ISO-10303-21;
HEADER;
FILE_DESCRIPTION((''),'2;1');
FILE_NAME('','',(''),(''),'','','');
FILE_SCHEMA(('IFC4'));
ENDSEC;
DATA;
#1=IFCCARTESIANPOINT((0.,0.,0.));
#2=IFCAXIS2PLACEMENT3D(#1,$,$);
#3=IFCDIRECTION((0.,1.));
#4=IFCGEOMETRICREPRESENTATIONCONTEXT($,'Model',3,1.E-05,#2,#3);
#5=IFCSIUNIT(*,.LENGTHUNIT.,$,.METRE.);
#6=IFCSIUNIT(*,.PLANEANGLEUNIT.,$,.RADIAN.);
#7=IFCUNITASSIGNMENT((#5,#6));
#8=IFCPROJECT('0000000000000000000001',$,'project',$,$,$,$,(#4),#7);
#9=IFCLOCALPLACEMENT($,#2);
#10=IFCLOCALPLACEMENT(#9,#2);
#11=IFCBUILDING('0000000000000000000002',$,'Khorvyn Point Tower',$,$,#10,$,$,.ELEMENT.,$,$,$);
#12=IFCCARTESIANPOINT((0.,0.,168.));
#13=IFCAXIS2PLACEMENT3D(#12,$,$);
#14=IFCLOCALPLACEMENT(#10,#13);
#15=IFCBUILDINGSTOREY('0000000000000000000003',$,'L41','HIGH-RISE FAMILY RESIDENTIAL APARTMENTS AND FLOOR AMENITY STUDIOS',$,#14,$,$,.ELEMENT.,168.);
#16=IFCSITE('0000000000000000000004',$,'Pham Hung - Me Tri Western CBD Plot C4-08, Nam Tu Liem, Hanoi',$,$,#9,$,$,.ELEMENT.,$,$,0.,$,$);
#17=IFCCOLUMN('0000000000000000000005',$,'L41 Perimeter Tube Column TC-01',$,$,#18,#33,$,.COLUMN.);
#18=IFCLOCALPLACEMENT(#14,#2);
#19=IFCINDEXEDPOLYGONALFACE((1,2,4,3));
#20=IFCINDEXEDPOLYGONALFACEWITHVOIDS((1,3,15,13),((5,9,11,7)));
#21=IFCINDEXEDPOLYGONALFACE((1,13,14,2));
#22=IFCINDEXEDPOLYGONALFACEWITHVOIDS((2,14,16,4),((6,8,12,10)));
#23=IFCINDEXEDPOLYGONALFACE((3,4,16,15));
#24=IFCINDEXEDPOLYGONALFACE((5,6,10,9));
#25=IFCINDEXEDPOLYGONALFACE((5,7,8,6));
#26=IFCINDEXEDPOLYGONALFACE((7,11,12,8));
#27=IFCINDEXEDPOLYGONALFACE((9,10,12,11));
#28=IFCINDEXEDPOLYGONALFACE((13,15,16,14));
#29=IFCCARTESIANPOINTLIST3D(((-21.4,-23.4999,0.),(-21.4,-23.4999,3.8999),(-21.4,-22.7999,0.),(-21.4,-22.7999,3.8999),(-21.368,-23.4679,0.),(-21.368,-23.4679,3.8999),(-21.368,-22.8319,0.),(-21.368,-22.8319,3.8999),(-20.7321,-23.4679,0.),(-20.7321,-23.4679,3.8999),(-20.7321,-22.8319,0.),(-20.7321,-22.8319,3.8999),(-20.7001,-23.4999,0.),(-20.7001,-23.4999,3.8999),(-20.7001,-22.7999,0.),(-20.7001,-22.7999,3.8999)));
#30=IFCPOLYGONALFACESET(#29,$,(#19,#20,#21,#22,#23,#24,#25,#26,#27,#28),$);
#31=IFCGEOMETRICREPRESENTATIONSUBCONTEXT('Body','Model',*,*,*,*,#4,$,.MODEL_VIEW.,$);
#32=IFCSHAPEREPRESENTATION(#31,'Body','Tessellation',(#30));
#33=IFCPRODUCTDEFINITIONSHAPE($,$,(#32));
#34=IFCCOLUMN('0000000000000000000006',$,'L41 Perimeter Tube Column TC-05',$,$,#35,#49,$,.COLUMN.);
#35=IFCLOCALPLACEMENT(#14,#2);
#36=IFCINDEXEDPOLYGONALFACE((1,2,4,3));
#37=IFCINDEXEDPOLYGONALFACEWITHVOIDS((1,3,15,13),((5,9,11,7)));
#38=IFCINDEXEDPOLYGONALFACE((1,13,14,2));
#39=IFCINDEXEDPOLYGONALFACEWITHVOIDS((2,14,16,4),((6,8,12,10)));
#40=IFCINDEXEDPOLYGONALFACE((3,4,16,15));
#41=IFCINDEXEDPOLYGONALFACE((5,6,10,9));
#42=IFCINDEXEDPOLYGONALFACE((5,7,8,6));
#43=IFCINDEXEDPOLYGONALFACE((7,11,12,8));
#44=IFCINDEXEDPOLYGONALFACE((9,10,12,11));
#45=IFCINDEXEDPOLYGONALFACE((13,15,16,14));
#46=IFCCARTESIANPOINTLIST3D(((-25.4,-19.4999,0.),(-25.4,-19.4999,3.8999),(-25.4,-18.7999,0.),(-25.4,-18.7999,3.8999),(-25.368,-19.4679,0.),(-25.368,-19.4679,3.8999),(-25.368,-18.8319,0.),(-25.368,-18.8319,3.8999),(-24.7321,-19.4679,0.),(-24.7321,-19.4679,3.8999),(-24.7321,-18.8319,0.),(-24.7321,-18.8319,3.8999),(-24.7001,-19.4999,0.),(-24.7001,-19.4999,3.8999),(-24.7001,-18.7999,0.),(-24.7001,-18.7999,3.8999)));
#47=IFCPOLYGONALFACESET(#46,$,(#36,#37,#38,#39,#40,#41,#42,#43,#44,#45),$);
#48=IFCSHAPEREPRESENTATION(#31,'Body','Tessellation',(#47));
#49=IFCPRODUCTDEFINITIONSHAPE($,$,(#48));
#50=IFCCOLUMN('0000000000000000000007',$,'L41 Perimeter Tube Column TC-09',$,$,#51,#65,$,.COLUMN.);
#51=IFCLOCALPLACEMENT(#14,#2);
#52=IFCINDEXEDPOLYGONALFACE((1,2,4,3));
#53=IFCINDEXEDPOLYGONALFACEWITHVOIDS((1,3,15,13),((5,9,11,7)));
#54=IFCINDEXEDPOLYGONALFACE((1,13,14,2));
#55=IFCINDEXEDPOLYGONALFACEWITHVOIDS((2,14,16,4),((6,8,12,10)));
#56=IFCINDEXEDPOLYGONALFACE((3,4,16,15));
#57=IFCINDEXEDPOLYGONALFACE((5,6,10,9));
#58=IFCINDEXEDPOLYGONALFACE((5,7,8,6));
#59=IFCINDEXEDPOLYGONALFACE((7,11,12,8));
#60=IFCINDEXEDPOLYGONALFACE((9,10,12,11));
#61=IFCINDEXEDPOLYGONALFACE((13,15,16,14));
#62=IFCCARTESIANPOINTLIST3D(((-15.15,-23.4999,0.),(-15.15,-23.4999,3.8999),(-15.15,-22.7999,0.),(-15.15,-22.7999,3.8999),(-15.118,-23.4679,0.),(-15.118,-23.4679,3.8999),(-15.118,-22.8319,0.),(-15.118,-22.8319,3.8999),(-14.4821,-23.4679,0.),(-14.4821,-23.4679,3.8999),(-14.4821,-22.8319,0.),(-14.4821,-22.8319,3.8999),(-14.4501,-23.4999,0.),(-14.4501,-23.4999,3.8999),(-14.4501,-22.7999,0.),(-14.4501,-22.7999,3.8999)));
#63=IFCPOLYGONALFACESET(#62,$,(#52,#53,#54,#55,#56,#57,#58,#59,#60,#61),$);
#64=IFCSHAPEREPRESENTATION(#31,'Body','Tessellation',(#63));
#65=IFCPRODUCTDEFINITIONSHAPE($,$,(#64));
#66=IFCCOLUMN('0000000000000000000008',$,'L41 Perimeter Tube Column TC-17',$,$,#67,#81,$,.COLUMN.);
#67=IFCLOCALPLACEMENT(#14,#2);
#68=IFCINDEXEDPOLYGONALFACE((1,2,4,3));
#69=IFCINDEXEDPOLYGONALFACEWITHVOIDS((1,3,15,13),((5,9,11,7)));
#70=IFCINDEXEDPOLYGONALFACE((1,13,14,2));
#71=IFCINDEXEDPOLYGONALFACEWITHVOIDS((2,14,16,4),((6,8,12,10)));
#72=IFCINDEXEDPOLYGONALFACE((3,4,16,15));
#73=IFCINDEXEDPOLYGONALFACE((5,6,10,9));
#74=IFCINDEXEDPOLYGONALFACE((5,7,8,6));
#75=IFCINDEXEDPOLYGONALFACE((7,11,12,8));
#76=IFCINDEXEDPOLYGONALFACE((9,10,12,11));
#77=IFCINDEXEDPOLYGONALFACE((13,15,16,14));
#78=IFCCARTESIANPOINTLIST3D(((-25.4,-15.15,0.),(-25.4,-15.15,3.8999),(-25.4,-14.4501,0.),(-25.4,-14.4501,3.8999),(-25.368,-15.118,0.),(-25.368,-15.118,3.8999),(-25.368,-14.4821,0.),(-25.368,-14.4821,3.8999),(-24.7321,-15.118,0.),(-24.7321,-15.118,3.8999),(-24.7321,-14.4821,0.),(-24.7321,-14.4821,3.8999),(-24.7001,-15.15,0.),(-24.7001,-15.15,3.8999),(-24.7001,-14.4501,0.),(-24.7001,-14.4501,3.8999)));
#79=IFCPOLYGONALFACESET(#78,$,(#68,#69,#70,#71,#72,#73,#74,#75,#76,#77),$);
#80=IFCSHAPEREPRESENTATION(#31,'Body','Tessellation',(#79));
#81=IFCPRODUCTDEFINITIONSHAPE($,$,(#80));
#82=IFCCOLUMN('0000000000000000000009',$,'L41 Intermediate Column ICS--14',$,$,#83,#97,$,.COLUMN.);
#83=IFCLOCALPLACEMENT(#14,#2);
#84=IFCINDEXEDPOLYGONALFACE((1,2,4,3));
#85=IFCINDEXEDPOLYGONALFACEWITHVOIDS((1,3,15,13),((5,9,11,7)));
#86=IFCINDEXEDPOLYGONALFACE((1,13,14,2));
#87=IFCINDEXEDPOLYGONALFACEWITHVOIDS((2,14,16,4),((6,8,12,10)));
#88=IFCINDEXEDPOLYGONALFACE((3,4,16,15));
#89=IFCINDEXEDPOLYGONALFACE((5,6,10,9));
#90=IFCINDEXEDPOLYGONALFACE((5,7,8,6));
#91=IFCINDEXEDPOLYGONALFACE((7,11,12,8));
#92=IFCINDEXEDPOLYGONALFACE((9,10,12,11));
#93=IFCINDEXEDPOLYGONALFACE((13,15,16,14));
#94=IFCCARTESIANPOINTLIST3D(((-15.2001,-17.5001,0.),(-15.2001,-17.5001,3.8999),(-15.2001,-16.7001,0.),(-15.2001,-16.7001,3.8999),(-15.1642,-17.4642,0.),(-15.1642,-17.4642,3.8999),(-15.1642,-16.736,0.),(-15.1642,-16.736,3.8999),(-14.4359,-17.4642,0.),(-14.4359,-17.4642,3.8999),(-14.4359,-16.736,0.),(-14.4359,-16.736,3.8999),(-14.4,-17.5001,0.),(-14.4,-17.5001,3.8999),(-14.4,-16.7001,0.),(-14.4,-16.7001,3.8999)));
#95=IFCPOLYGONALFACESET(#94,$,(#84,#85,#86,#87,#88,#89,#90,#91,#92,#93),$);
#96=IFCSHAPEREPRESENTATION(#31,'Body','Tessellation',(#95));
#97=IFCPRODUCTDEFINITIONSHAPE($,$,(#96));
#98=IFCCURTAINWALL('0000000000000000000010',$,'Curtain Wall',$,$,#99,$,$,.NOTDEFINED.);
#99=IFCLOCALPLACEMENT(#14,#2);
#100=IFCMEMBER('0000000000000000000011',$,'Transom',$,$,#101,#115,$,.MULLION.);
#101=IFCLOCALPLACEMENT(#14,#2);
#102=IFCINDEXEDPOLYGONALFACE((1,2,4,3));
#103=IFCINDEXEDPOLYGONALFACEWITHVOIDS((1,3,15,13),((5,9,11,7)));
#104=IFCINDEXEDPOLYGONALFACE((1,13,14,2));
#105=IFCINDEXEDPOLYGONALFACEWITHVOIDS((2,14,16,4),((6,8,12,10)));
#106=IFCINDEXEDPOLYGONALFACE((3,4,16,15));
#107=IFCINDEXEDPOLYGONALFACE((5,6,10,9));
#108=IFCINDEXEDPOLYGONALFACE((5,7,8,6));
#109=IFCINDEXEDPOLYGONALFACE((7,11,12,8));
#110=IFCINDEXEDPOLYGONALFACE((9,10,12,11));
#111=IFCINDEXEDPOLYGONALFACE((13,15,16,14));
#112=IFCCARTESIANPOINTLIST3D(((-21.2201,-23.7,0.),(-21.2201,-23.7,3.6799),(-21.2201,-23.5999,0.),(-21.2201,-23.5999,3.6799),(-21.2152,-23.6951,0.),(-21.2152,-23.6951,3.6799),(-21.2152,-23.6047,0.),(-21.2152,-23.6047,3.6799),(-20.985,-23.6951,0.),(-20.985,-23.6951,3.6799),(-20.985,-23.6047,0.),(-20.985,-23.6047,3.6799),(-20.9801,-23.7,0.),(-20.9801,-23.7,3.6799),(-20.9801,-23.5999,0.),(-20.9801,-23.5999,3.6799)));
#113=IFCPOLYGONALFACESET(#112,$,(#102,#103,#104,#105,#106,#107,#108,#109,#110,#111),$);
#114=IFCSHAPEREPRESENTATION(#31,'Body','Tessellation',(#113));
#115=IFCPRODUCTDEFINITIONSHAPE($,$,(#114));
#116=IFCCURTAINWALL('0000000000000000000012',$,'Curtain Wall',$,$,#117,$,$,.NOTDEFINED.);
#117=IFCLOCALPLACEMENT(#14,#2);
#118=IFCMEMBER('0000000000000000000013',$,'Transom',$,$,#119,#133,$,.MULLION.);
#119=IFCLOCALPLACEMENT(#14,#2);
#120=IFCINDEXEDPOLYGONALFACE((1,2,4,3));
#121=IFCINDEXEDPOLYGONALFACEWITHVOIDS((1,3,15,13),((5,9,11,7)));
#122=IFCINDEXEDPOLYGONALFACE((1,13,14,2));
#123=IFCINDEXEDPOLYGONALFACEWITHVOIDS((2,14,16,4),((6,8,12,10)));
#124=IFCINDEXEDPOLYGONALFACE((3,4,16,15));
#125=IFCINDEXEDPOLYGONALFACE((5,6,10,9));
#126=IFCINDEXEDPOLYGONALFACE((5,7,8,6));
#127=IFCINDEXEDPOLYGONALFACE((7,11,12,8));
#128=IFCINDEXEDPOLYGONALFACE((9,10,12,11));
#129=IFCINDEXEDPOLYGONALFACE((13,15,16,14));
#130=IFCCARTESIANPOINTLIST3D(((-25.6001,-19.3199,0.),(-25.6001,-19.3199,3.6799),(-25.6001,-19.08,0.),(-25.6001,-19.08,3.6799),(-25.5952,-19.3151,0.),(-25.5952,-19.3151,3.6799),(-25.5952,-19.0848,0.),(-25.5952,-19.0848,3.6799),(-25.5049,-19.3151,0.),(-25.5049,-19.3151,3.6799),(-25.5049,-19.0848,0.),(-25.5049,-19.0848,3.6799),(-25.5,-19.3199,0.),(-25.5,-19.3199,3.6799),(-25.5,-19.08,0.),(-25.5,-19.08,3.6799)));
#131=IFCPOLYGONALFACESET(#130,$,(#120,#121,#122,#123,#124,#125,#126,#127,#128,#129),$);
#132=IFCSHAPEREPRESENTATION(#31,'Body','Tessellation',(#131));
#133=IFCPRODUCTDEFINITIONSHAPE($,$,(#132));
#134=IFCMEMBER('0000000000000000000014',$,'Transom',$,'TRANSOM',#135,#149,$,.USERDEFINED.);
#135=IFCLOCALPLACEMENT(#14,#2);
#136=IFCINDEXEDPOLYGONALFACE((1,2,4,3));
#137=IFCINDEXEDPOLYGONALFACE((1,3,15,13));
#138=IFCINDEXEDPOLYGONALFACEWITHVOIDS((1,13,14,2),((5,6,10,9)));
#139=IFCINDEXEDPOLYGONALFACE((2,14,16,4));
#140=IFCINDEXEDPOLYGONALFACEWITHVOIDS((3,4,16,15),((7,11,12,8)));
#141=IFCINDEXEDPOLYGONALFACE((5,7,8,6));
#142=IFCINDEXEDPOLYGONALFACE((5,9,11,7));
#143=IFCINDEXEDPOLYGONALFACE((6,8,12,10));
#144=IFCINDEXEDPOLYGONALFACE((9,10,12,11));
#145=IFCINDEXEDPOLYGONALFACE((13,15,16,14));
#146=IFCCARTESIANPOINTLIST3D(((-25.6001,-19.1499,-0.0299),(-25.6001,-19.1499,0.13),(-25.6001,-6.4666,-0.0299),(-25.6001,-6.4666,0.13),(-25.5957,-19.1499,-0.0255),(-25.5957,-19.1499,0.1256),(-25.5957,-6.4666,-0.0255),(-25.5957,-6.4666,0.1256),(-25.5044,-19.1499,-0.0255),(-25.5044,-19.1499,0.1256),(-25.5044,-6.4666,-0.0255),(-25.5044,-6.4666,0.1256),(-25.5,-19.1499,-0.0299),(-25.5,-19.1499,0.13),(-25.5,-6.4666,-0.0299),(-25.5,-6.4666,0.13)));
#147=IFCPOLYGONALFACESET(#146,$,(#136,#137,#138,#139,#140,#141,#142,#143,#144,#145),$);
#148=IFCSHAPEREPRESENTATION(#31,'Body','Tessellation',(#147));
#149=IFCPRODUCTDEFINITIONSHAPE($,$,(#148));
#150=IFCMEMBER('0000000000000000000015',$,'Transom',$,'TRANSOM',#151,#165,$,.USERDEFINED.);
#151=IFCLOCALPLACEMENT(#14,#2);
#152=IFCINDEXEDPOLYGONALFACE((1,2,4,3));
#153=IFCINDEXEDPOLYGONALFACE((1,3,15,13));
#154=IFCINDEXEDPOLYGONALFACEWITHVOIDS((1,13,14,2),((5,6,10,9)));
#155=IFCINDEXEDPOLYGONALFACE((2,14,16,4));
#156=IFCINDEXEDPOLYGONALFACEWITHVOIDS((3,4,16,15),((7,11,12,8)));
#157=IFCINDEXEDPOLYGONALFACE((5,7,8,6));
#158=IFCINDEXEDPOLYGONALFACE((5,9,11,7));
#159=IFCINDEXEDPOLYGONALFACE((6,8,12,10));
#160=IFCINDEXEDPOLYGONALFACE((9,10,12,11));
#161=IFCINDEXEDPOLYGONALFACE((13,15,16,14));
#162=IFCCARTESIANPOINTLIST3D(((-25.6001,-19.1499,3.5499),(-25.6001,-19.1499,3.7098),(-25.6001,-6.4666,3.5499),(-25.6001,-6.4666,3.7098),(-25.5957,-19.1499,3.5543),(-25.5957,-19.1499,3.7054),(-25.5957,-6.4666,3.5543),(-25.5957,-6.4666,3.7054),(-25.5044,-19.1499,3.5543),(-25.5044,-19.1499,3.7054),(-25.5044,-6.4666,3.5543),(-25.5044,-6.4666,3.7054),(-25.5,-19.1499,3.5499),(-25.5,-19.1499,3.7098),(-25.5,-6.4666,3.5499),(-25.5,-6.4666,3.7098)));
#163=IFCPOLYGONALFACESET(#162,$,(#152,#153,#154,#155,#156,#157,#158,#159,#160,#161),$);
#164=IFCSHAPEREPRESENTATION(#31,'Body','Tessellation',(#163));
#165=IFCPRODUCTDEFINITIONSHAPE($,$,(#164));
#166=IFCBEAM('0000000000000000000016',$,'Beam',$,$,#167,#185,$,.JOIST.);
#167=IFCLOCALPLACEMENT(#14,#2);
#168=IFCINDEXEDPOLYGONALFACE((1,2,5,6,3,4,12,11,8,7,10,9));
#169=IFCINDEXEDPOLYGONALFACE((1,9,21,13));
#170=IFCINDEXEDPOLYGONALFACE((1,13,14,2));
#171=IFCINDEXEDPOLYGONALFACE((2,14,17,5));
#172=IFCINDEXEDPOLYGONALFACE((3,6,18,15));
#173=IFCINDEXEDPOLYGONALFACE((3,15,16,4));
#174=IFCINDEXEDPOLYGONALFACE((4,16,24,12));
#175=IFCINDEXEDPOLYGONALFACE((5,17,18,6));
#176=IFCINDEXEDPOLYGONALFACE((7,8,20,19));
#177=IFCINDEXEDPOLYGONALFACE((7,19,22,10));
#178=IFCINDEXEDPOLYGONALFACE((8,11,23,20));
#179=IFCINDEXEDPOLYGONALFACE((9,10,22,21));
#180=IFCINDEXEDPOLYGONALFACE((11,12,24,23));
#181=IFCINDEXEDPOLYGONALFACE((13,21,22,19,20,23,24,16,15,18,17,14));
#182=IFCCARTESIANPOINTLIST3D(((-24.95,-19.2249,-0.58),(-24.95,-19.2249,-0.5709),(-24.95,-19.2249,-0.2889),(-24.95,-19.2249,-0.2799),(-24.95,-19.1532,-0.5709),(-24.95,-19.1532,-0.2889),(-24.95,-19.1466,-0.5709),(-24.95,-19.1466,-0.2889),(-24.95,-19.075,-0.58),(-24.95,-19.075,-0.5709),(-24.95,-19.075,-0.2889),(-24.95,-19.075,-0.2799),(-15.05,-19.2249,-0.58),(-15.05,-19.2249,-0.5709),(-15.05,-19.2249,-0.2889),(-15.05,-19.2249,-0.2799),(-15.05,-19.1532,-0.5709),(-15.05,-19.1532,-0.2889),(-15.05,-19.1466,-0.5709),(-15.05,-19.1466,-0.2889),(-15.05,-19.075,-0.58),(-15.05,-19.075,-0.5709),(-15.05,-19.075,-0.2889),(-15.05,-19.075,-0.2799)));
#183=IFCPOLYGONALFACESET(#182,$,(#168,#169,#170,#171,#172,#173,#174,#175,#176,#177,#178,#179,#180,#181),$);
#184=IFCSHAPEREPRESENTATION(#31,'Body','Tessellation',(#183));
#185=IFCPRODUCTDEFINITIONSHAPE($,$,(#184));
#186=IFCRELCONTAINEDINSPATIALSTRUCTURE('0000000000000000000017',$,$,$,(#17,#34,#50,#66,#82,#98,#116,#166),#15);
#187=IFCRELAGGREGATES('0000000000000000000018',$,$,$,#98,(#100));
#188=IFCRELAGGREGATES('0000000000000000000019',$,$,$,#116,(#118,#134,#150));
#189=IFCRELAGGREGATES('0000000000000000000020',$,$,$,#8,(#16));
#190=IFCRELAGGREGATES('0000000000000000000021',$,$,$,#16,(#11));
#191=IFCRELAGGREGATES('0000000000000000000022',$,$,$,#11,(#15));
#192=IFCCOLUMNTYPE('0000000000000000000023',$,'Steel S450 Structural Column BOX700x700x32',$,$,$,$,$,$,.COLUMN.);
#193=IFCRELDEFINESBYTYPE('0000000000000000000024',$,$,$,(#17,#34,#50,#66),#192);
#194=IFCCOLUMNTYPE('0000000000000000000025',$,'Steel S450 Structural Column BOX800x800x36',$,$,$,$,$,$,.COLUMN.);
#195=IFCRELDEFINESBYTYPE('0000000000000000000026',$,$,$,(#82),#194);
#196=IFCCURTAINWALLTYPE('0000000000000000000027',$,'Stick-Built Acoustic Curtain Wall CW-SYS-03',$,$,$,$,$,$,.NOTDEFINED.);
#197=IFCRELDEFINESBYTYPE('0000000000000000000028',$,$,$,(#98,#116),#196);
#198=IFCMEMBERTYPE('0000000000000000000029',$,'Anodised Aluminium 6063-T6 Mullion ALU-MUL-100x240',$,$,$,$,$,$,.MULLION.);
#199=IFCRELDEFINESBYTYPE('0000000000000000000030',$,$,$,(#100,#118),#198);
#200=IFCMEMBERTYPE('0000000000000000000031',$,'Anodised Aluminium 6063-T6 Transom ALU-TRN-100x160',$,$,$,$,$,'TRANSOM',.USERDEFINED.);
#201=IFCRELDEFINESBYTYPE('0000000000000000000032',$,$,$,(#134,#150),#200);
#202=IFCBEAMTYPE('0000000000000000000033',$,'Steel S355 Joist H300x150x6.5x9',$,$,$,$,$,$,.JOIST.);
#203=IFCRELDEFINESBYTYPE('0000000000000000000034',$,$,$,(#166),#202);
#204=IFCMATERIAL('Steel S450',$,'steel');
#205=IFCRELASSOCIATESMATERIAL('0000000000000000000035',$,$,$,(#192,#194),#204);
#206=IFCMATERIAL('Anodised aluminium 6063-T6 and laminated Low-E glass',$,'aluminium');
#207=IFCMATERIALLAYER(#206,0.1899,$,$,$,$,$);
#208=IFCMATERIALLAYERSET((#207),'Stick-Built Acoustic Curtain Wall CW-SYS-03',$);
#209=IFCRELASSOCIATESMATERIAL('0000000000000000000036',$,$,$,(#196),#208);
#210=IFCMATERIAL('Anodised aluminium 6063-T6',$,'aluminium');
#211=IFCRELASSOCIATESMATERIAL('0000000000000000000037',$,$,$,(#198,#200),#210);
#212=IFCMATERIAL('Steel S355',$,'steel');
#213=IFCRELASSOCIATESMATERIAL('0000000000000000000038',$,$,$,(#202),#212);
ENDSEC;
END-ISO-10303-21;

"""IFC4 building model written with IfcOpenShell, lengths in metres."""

from ifc_helpers import new_model, si_unit, direction, frame, origin, origin_2d, place, context, subcontext, project, spatial, hollow_rectangle, i_section, extrude, material, layer, layer_set, material_profile, profile_set, type_object, element, aggregate, save


model = new_model("IFC4")

# Units and contexts
model_context = context("Model", 3, precision=1e-05, world=origin(), true_north=direction((0.0, 1.0)))
body_context = subcontext(model_context, "Body", "Model", "MODEL_VIEW")
ifc_project = project(units=[si_unit("LENGTHUNIT", "METRE"), si_unit("PLANEANGLEUNIT", "RADIAN")], contexts=[model_context])

# Site, building, storey
site_placement = place(None, origin())
site = spatial("IfcSite", under=ifc_project, at=site_placement, Name="Pham Hung - Me Tri Western CBD Plot C4-08, Nam Tu Liem, Hanoi", CompositionType="ELEMENT", RefElevation=0.0)
building_placement = place(site_placement, origin())
building = spatial("IfcBuilding", under=site, at=building_placement, Name="Khorvyn Point Tower", CompositionType="ELEMENT")
storey_placement = place(building_placement, frame((0.0, 0.0, 168.0)))
storey = spatial("IfcBuildingStorey", under=building, at=storey_placement, Name="L41", Description="HIGH-RISE FAMILY RESIDENTIAL APARTMENTS AND FLOOR AMENITY STUDIOS", CompositionType="ELEMENT", Elevation=168.0)

# Columns
ifc_material_1 = material(Name="Steel S450", Category="steel")
ifc_material_profile_1 = material_profile(ifc_material_1, hollow_rectangle(XDim=0.7, YDim=0.7, WallThickness=0.032, at=origin_2d()))
ifc_profile_set_1 = profile_set([ifc_material_profile_1], Name="Steel S450 BOX700x700x32")
column_type_1 = type_object("IfcColumnType", Name="Steel S450 Structural Column BOX700x700x32", PredefinedType="COLUMN", material=ifc_profile_set_1)
for number, where, z_axis, x_axis, name in (
    (1, (-21.05, -23.1499, 0.0), (0.0, 0.0, 1.0), (1.0, 0.0, 0.0), "L41 Perimeter Tube Column TC-01"),
    (2, (-25.05, -19.1499, 0.0), (0.0, 0.0, 1.0), (1.0, 0.0, 0.0), "L41 Perimeter Tube Column TC-05"),
    (3, (-14.8, -23.1499, 0.0), (0.0, 0.0, 1.0), (1.0, 0.0, 0.0), "L41 Perimeter Tube Column TC-09"),
    (4, (-25.05, -14.8, 0.0), (0.0, 0.0, 1.0), (1.0, 0.0, 0.0), "L41 Perimeter Tube Column TC-17"),
):
    element("IfcColumn", number, at=place(storey_placement, frame(where, z_axis=z_axis, x_axis=x_axis)), inside=storey, type_object=column_type_1, Name=name, PredefinedType="COLUMN", context=body_context, shape_type="SweptSolid", body=[
        extrude(hollow_rectangle(XDim=0.7, YDim=0.7, WallThickness=0.032, at=origin_2d()), origin(), (0.0, 0.0, 1.0), 3.8999),
    ])
ifc_material_profile_2 = material_profile(ifc_material_1, hollow_rectangle(XDim=0.8, YDim=0.8, WallThickness=0.0359, at=origin_2d()))
ifc_profile_set_2 = profile_set([ifc_material_profile_2], Name="Steel S450 BOX800x800x36")
column_type_2 = type_object("IfcColumnType", Name="Steel S450 Structural Column BOX800x800x36", PredefinedType="COLUMN", material=ifc_profile_set_2)
column_placement = place(storey_placement, frame((-14.8, -17.1001, 0.0), z_axis=(0.0, 0.0, 1.0), x_axis=(1.0, 0.0, 0.0)))
element("IfcColumn", 5, at=column_placement, inside=storey, type_object=column_type_2, Name="L41 Intermediate Column ICS--14", PredefinedType="COLUMN", context=body_context, shape_type="SweptSolid", body=[
    extrude(hollow_rectangle(XDim=0.8, YDim=0.8, WallThickness=0.0359, at=origin_2d()), origin(), (0.0, 0.0, 1.0), 3.8999),
])

# Curtain wall, member
ifc_material_2 = material(Name="Anodised aluminium 6063-T6 and laminated Low-E glass", Category="aluminium")
ifc_layer_1 = layer(ifc_material_2, 0.1899)
ifc_layer_set_1 = layer_set([ifc_layer_1], Name="Stick-Built Acoustic Curtain Wall CW-SYS-03")
curtain_wall_type = type_object("IfcCurtainWallType", Name="Stick-Built Acoustic Curtain Wall CW-SYS-03", PredefinedType="NOTDEFINED", material=ifc_layer_set_1)
curtain_wall_1_placement = place(storey_placement, origin())
curtain_wall_1 = element("IfcCurtainWall", 6, at=curtain_wall_1_placement, inside=storey, type_object=curtain_wall_type, Name="Curtain Wall", PredefinedType="NOTDEFINED")
ifc_material_3 = material(Name="Anodised aluminium 6063-T6", Category="aluminium")
ifc_material_profile_3 = material_profile(ifc_material_3, hollow_rectangle(XDim=0.1001, YDim=0.24, WallThickness=0.0049, at=origin_2d()))
ifc_profile_set_3 = profile_set([ifc_material_profile_3], Name="Anodised aluminium 6063-T6 ALU-MUL-100x240")
member_type_1 = type_object("IfcMemberType", Name="Anodised Aluminium 6063-T6 Mullion ALU-MUL-100x240", PredefinedType="MULLION", material=ifc_profile_set_3)
member_1_placement = place(storey_placement, frame((-21.1001, -23.6499, 0.0), z_axis=(0.0, 0.0, 1.0), x_axis=(0.0, -1.0, 0.0)))
member_1 = element("IfcMember", 7, at=member_1_placement, type_object=member_type_1, Name="Transom", PredefinedType="MULLION", context=body_context, shape_type="SweptSolid", body=[
    extrude(hollow_rectangle(XDim=0.1001, YDim=0.24, WallThickness=0.0049, at=origin_2d()), origin(), (0.0, 0.0, 1.0), 3.6799),
])

# Curtain wall, members
curtain_wall_2_placement = place(storey_placement, origin())
curtain_wall_2 = element("IfcCurtainWall", 8, at=curtain_wall_2_placement, inside=storey, type_object=curtain_wall_type, Name="Curtain Wall", PredefinedType="NOTDEFINED")
member_2_placement = place(storey_placement, frame((-25.55, -19.2, 0.0), z_axis=(0.0, 0.0, 1.0), x_axis=(-1.0, 0.0, 0.0)))
member_2 = element("IfcMember", 9, at=member_2_placement, type_object=member_type_1, Name="Transom", PredefinedType="MULLION", context=body_context, shape_type="SweptSolid", body=[
    extrude(hollow_rectangle(XDim=0.1001, YDim=0.24, WallThickness=0.0049, at=origin_2d()), origin(), (0.0, 0.0, 1.0), 3.6799),
])
ifc_material_profile_4 = material_profile(ifc_material_3, hollow_rectangle(XDim=0.1001, YDim=0.1599, WallThickness=0.0044, at=origin_2d()))
ifc_profile_set_4 = profile_set([ifc_material_profile_4], Name="Anodised aluminium 6063-T6 ALU-TRN-100x160")
member_type_2 = type_object("IfcMemberType", Name="Anodised Aluminium 6063-T6 Transom ALU-TRN-100x160", ElementType="TRANSOM", PredefinedType="USERDEFINED", material=ifc_profile_set_4)
member_3_placement = place(storey_placement, frame((-25.55, -19.1499, 0.05), z_axis=(0.0, 1.0, 0.0), x_axis=(-1.0, 0.0, 0.0)))
member_3 = element("IfcMember", 10, at=member_3_placement, type_object=member_type_2, Name="Transom", ObjectType="TRANSOM", PredefinedType="USERDEFINED", context=body_context, shape_type="SweptSolid", body=[
    extrude(hollow_rectangle(XDim=0.1001, YDim=0.1599, WallThickness=0.0044, at=origin_2d()), origin(), (0.0, 0.0, 1.0), 12.6833),
])
member_4_placement = place(storey_placement, frame((-25.55, -19.1499, 3.6299), z_axis=(0.0, 1.0, 0.0), x_axis=(-1.0, 0.0, 0.0)))
member_4 = element("IfcMember", 11, at=member_4_placement, type_object=member_type_2, Name="Transom", ObjectType="TRANSOM", PredefinedType="USERDEFINED", context=body_context, shape_type="SweptSolid", body=[
    extrude(hollow_rectangle(XDim=0.1001, YDim=0.1599, WallThickness=0.0044, at=origin_2d()), origin(), (0.0, 0.0, 1.0), 12.6833),
])

# Beam
ifc_material_4 = material(Name="Steel S355", Category="steel")
ifc_material_profile_5 = material_profile(ifc_material_4, i_section(OverallWidth=0.1499, OverallDepth=0.3, WebThickness=0.0066, FlangeThickness=0.009, at=origin_2d()))
ifc_profile_set_5 = profile_set([ifc_material_profile_5], Name="Steel S355 H300x150x6.5x9")
beam_type_1 = type_object("IfcBeamType", Name="Steel S355 Joist H300x150x6.5x9", PredefinedType="JOIST", material=ifc_profile_set_5)
beam_1_placement = place(storey_placement, frame((-24.95, -19.1499, -0.4299), z_axis=(1.0, 0.0, 0.0), x_axis=(0.0, 1.0, 0.0)))
element("IfcBeam", 12, at=beam_1_placement, inside=storey, type_object=beam_type_1, Name="Beam", PredefinedType="JOIST", context=body_context, shape_type="SweptSolid", body=[
    extrude(i_section(OverallWidth=0.1499, OverallDepth=0.3, WebThickness=0.0066, FlangeThickness=0.009, at=origin_2d()), origin(), (0.0, 0.0, 1.0), 9.8999),
])

aggregate(curtain_wall_1, [member_1])
aggregate(curtain_wall_2, [member_2, member_3, member_4])

save(model, "model.ifc")
